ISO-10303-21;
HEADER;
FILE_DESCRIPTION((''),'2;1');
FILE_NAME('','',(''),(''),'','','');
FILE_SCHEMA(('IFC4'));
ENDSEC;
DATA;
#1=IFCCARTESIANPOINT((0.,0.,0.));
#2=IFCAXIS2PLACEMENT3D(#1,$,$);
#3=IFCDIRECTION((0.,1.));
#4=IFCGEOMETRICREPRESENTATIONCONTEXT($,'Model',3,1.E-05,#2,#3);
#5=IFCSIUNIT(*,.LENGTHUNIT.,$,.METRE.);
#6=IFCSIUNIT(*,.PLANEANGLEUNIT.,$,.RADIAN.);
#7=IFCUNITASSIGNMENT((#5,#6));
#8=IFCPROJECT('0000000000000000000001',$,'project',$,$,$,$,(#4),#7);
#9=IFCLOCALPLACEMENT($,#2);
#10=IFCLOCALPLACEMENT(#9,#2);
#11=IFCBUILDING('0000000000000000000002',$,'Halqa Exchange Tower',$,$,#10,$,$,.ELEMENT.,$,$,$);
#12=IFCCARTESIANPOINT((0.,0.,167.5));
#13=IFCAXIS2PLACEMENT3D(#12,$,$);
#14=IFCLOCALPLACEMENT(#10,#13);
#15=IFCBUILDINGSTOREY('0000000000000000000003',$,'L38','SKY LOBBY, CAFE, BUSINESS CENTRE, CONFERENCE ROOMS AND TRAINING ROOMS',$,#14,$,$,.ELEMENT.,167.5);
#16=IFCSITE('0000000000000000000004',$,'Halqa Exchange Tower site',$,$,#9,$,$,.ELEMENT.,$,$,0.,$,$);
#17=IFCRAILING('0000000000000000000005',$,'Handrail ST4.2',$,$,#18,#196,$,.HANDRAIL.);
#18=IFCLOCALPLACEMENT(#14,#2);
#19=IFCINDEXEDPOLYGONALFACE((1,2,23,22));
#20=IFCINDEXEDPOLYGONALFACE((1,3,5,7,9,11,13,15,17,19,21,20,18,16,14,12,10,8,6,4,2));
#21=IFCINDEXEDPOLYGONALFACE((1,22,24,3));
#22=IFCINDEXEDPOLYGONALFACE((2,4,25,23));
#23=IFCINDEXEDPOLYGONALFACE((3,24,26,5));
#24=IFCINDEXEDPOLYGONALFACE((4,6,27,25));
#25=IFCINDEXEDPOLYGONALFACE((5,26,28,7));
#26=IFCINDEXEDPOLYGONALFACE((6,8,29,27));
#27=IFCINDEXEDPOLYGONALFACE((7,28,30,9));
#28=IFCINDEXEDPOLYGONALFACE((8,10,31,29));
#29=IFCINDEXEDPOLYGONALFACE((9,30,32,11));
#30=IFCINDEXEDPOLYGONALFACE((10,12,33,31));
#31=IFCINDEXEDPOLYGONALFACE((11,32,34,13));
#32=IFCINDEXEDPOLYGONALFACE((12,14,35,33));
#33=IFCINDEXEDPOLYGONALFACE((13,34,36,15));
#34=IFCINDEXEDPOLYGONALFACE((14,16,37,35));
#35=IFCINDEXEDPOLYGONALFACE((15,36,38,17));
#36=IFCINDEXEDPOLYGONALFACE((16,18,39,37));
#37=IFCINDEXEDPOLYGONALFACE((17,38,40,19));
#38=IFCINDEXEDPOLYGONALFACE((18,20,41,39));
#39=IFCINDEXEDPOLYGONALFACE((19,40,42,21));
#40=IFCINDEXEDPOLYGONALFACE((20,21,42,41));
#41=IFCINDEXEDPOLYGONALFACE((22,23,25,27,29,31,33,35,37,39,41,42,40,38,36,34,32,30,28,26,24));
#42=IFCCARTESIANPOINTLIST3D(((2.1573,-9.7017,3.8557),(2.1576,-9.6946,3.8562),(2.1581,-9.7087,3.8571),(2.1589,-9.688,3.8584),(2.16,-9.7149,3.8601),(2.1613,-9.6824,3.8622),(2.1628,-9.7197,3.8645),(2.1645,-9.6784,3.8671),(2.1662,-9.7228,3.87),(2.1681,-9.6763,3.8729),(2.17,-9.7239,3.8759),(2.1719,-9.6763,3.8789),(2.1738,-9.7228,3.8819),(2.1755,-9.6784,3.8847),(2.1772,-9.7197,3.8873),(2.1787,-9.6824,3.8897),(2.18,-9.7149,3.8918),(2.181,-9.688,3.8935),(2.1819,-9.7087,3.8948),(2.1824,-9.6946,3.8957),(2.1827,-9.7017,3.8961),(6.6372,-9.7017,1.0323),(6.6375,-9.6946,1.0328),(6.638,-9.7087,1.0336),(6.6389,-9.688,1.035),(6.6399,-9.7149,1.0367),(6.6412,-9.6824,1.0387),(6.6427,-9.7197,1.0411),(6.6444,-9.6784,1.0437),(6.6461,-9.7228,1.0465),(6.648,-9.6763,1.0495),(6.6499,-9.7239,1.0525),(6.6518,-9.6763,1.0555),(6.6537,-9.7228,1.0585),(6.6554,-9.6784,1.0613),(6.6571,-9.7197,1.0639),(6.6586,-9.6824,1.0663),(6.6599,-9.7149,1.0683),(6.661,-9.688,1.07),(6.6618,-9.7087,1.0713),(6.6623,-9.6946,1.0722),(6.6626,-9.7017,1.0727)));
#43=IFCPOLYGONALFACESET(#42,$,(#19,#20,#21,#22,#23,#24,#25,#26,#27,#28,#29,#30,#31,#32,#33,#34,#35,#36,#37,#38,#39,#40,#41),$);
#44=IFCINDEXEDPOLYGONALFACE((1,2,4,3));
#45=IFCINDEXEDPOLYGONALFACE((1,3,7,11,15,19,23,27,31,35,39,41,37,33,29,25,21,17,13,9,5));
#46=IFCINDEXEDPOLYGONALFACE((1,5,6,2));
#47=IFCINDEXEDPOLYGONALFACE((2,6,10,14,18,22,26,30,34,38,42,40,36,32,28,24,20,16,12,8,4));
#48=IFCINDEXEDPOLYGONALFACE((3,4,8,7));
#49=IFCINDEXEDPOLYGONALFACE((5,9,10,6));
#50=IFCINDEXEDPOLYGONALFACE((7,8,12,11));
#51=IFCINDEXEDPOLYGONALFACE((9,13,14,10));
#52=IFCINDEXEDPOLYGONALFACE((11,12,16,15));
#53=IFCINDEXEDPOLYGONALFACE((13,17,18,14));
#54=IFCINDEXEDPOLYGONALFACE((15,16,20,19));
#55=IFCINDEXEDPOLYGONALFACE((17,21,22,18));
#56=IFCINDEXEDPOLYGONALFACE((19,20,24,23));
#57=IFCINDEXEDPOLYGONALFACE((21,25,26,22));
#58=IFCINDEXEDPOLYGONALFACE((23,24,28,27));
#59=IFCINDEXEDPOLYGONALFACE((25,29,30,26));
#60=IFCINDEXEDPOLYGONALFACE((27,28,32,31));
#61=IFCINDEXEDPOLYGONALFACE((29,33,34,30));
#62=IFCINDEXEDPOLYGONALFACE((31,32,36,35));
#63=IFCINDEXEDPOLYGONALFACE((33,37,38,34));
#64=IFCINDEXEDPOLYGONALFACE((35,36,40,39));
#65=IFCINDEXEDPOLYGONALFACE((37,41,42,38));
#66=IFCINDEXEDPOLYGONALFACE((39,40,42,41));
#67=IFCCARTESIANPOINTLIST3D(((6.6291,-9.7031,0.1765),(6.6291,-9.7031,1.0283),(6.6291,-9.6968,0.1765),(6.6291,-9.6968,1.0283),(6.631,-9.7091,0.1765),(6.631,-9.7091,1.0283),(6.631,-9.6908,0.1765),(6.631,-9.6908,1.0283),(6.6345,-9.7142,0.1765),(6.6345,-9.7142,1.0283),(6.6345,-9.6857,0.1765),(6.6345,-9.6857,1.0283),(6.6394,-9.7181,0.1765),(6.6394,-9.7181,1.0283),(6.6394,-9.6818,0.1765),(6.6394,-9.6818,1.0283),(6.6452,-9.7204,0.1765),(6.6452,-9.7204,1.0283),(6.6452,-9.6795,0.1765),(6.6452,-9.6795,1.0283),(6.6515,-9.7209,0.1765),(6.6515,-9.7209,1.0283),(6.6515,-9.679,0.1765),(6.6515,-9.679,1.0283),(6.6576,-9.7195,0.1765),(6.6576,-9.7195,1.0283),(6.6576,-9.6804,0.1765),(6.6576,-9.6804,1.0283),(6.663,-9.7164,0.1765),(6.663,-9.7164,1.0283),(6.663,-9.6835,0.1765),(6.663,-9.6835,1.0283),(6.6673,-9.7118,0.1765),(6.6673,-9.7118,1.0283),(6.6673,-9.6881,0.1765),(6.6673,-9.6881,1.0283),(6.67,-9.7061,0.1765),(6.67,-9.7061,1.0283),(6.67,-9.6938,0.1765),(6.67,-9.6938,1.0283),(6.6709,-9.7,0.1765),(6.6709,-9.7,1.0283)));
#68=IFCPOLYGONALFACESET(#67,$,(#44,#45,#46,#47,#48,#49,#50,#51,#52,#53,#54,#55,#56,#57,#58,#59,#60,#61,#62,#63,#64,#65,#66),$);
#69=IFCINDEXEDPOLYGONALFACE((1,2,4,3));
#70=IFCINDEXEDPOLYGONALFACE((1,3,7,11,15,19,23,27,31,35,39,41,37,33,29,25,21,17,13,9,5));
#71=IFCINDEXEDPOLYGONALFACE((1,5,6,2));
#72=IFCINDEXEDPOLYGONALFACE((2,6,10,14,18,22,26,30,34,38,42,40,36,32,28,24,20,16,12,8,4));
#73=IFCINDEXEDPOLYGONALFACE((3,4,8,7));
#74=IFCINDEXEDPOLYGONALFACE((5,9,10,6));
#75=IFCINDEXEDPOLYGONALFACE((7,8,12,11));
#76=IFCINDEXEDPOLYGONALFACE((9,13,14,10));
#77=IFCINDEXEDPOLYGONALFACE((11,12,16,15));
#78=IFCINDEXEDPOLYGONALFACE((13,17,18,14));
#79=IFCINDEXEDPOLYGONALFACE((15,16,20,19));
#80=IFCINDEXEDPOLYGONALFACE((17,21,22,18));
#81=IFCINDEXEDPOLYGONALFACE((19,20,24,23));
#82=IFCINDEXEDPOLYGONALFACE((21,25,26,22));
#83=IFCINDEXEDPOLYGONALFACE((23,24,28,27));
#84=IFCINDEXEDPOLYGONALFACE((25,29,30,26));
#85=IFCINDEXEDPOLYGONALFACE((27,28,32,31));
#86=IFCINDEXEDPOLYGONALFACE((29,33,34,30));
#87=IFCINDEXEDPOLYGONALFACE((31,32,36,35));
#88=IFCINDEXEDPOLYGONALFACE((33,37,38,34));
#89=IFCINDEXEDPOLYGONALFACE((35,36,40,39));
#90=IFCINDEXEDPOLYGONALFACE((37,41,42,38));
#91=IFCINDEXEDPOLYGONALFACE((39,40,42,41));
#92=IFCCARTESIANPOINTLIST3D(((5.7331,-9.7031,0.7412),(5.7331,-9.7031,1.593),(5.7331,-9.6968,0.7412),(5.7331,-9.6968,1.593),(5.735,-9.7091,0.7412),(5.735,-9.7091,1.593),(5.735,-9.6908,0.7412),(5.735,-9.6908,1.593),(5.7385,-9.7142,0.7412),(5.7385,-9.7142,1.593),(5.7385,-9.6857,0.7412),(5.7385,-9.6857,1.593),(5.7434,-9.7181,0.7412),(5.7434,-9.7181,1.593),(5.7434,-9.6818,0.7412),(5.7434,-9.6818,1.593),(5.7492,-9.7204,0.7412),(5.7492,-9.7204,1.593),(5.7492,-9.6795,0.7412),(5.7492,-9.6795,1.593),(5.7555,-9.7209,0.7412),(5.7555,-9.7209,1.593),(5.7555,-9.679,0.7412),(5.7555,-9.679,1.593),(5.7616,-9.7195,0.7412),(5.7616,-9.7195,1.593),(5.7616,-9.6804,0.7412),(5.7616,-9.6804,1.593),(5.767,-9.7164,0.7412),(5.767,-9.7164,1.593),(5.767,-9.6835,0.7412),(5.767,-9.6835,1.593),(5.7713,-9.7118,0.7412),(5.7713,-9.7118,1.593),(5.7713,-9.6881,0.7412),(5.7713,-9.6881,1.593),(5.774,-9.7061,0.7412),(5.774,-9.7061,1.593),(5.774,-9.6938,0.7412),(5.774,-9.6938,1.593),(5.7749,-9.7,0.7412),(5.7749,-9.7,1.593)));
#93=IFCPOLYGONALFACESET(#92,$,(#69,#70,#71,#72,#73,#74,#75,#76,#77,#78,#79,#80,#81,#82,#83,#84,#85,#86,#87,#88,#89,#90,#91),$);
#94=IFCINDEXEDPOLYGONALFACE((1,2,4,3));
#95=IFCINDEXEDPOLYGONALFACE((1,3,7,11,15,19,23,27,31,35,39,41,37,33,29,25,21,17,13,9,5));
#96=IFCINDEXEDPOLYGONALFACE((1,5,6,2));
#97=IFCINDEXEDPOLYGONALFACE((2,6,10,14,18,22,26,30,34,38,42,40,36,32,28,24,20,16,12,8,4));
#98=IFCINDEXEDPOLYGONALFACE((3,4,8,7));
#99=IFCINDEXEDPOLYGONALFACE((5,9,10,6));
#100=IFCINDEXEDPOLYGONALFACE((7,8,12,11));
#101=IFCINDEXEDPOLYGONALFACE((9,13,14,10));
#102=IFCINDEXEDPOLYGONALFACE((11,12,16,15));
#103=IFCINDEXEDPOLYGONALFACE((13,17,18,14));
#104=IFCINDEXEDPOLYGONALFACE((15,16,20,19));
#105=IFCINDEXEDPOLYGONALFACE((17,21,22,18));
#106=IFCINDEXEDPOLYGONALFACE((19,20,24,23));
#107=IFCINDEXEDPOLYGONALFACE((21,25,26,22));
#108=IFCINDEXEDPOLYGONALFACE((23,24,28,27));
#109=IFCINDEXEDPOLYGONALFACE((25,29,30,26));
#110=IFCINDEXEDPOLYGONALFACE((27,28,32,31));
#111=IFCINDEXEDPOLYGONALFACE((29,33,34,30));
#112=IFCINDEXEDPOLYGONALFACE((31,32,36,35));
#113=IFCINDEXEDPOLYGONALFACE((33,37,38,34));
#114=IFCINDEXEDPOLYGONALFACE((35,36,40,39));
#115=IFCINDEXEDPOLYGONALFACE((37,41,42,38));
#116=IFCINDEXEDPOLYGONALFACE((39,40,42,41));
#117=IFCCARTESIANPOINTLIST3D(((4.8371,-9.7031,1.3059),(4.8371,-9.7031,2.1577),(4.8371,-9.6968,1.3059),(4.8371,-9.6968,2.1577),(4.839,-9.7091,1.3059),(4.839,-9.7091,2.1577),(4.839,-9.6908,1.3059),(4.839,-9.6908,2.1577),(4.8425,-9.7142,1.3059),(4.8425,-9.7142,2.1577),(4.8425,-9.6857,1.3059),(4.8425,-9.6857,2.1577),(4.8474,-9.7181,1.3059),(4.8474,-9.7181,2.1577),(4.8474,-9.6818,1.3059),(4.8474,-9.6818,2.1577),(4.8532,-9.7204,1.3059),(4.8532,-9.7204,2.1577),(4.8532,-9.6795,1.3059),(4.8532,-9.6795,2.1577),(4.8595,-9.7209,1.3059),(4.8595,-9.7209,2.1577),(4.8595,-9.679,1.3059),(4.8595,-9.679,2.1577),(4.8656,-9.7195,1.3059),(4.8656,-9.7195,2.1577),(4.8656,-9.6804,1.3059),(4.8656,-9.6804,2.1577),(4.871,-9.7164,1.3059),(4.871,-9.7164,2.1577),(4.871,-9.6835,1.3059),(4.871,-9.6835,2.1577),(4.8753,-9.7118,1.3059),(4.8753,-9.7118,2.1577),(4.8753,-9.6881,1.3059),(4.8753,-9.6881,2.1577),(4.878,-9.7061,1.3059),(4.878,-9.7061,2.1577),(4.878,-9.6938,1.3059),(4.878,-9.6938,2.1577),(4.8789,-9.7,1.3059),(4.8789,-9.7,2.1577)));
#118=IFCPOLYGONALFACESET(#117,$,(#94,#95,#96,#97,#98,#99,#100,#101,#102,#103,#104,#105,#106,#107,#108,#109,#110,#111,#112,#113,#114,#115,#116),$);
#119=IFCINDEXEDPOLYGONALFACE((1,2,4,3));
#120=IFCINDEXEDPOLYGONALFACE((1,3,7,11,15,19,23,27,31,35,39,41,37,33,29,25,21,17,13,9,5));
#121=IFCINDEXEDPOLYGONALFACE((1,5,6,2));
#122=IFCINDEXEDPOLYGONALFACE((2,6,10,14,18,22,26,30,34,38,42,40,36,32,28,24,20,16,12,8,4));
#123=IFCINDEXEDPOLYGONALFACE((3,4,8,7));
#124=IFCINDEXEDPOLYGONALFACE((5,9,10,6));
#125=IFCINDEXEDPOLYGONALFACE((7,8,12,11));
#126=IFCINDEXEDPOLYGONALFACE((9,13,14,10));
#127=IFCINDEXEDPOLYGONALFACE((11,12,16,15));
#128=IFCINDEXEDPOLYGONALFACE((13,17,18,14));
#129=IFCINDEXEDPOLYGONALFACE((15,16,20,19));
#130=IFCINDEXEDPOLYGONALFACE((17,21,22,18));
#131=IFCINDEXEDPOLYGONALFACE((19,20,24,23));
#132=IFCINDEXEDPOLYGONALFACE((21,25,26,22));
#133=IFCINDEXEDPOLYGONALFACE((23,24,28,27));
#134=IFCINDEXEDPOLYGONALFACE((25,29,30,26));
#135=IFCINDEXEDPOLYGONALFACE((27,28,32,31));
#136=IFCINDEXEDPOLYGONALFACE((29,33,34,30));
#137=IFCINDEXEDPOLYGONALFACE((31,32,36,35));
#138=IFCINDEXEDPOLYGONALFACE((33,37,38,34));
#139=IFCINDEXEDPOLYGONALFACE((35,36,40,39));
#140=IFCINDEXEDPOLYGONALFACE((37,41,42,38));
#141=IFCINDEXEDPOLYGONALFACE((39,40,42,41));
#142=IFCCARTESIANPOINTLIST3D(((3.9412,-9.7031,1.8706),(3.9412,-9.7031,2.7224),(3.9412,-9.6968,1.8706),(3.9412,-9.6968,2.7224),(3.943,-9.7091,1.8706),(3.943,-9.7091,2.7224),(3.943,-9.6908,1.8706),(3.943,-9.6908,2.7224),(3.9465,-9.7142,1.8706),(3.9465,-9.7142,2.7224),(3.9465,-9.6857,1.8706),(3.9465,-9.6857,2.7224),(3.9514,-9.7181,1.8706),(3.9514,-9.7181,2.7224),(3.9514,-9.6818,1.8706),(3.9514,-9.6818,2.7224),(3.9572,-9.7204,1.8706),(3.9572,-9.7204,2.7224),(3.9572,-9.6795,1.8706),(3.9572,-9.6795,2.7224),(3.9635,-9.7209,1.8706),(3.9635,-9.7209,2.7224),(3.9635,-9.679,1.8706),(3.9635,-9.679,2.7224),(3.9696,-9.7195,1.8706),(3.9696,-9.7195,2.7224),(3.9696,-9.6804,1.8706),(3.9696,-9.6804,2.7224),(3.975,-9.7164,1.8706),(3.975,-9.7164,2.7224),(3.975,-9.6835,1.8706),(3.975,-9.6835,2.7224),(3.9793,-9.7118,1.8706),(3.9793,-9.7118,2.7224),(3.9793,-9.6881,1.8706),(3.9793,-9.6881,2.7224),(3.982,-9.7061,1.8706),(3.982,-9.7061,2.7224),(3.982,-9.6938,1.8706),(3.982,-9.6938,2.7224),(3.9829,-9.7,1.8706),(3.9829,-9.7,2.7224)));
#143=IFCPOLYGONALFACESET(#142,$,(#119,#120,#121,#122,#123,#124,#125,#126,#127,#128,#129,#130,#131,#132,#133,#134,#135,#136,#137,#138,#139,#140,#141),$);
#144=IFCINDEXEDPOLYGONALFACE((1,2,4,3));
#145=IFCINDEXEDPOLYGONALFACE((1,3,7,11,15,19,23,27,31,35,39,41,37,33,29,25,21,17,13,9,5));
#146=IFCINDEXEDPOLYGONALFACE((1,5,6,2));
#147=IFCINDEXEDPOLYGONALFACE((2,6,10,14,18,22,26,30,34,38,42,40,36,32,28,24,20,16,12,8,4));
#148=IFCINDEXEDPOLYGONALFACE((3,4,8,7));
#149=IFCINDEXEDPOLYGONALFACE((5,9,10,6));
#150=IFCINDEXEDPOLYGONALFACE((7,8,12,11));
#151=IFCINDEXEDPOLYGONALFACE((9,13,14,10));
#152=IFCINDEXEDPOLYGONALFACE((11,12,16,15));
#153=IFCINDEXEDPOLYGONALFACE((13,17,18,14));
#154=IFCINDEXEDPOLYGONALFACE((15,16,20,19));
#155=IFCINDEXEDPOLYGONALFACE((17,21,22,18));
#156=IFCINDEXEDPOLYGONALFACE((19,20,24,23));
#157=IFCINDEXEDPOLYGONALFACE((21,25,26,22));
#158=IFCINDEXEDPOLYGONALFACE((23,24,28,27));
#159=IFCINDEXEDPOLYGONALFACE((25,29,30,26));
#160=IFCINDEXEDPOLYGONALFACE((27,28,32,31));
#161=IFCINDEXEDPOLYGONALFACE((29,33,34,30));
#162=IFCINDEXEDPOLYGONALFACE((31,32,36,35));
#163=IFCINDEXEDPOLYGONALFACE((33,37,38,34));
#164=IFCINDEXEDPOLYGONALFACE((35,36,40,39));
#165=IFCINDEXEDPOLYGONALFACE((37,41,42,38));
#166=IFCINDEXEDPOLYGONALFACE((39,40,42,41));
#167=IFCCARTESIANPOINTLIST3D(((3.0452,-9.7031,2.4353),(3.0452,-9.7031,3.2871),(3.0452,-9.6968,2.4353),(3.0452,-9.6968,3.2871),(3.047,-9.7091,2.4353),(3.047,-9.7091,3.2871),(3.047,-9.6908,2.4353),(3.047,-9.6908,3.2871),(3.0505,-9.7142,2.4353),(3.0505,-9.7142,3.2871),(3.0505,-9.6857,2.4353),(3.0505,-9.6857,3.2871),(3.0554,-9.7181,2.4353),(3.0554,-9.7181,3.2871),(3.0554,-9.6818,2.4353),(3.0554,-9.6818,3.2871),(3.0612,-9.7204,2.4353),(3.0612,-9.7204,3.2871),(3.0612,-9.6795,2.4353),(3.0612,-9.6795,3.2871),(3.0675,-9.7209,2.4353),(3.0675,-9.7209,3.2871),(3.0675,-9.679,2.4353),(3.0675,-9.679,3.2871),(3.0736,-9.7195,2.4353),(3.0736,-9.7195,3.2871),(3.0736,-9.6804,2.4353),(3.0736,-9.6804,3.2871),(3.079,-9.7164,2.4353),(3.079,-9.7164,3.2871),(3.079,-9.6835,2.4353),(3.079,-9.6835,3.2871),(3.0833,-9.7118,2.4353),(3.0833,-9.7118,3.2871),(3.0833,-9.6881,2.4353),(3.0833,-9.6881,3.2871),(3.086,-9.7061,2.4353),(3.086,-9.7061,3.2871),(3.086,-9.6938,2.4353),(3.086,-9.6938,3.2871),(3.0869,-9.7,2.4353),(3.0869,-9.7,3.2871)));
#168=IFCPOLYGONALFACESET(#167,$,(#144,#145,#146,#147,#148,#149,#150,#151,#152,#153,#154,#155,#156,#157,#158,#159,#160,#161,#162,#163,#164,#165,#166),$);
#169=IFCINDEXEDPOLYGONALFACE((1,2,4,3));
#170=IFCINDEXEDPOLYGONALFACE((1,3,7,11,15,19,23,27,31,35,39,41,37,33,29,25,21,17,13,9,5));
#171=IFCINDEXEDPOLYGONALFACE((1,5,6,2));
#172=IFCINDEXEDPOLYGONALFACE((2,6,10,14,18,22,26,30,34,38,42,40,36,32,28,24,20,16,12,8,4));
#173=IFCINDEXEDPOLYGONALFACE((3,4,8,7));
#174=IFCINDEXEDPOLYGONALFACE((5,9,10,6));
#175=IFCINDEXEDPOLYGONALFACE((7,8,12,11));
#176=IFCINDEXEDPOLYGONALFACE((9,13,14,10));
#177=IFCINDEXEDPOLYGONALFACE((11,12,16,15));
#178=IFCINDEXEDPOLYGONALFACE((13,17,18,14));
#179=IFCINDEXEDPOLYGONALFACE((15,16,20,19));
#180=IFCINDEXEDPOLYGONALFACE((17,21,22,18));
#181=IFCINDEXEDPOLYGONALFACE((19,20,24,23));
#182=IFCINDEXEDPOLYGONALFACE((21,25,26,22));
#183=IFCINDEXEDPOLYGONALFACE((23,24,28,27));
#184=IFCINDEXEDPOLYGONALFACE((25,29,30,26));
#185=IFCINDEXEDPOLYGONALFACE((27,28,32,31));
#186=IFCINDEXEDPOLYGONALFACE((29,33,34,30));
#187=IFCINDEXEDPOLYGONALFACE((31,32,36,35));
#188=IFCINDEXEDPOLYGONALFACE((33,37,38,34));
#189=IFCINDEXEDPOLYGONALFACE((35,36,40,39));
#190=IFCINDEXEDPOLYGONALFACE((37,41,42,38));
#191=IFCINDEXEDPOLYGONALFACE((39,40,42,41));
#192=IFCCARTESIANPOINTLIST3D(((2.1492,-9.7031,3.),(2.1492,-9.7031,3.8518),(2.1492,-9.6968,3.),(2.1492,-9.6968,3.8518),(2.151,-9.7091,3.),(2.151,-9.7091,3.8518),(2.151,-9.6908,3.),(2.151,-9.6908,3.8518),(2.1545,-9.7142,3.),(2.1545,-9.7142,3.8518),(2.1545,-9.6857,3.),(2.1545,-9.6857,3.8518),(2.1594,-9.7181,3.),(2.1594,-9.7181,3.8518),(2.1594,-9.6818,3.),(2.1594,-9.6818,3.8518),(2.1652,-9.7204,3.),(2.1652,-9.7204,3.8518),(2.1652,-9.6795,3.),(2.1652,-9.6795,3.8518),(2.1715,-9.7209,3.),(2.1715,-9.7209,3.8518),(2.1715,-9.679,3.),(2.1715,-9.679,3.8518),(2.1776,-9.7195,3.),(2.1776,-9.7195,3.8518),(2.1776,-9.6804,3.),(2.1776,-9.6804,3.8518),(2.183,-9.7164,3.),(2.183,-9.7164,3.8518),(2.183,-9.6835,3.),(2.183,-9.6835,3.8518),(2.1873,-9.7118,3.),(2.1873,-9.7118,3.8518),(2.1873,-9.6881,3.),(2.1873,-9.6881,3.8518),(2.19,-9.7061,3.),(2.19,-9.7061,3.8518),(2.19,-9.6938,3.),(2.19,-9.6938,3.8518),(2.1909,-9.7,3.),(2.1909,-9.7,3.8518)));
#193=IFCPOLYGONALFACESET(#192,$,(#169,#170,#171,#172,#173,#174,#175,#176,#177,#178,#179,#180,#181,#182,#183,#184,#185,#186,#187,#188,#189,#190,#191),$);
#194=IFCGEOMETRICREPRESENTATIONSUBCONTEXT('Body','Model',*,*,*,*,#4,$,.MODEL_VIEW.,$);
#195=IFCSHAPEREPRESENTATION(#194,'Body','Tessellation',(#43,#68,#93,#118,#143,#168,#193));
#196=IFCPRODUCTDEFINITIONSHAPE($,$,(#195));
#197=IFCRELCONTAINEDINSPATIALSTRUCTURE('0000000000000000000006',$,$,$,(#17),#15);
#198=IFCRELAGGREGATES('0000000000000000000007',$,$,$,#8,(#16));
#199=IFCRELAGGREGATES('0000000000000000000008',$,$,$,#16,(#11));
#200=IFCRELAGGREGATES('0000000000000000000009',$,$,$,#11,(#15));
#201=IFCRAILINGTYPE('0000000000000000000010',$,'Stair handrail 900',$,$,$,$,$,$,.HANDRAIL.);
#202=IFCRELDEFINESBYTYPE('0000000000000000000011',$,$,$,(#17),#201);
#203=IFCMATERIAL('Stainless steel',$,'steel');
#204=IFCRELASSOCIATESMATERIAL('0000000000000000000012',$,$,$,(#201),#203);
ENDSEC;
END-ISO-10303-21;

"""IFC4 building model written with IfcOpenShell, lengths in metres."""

from ifc_helpers import new_model, si_unit, direction, frame, origin, origin_2d, place, context, subcontext, project, spatial, circle, extrude, material, type_object, element, save


model = new_model("IFC4")

# Units and contexts
model_context = context("Model", 3, precision=1e-05, world=origin(), true_north=direction((0.0, 1.0)))
body_context = subcontext(model_context, "Body", "Model", "MODEL_VIEW")
ifc_project = project(units=[si_unit("LENGTHUNIT", "METRE"), si_unit("PLANEANGLEUNIT", "RADIAN")], contexts=[model_context])

# Site, building, storey
site_placement = place(None, origin())
site = spatial("IfcSite", under=ifc_project, at=site_placement, Name="Halqa Exchange Tower site", CompositionType="ELEMENT", RefElevation=0.0)
building_placement = place(site_placement, origin())
building = spatial("IfcBuilding", under=site, at=building_placement, Name="Halqa Exchange Tower", CompositionType="ELEMENT")
storey_placement = place(building_placement, frame((0.0, 0.0, 167.5)))
storey = spatial("IfcBuildingStorey", under=building, at=storey_placement, Name="L38", Description="SKY LOBBY, CAFE, BUSINESS CENTRE, CONFERENCE ROOMS AND TRAINING ROOMS", CompositionType="ELEMENT", Elevation=167.5)

# Railing
ifc_material_1 = material(Name="Stainless steel", Category="steel")
railing_type_1 = type_object("IfcRailingType", Name="Stair handrail 900", PredefinedType="HANDRAIL", material=ifc_material_1)
railing_1_placement = place(storey_placement, frame((6.6499, -9.7, 0.1765)))
element("IfcRailing", 1, at=railing_1_placement, inside=storey, type_object=railing_type_1, Name="Handrail ST4.2", PredefinedType="HANDRAIL", context=body_context, shape_type="SweptSolid", body=[
    extrude(circle(Radius=0.0239, at=origin_2d()), frame((0.0, 0.0, 0.876), z_axis=(-0.845998, 0.0, 0.533186), x_axis=(0.0, -1.0, 0.0)), (0.0, 0.0, 1.0), 5.2954),
    extrude(circle(Radius=0.021, at=origin_2d()), origin(), (0.0, 0.0, 1.0), 0.8518),
    extrude(circle(Radius=0.021, at=origin_2d()), frame((-0.896, 0.0, 0.5647)), (0.0, 0.0, 1.0), 0.8518),
    extrude(circle(Radius=0.021, at=origin_2d()), frame((-1.792, 0.0, 1.1294)), (0.0, 0.0, 1.0), 0.8518),
    extrude(circle(Radius=0.021, at=origin_2d()), frame((-2.688, 0.0, 1.6941)), (0.0, 0.0, 1.0), 0.8518),
    extrude(circle(Radius=0.021, at=origin_2d()), frame((-3.584, 0.0, 2.2588)), (0.0, 0.0, 1.0), 0.8518),
    extrude(circle(Radius=0.021, at=origin_2d()), frame((-4.48, 0.0, 2.8235)), (0.0, 0.0, 1.0), 0.8518),
])

save(model, "model.ifc")
